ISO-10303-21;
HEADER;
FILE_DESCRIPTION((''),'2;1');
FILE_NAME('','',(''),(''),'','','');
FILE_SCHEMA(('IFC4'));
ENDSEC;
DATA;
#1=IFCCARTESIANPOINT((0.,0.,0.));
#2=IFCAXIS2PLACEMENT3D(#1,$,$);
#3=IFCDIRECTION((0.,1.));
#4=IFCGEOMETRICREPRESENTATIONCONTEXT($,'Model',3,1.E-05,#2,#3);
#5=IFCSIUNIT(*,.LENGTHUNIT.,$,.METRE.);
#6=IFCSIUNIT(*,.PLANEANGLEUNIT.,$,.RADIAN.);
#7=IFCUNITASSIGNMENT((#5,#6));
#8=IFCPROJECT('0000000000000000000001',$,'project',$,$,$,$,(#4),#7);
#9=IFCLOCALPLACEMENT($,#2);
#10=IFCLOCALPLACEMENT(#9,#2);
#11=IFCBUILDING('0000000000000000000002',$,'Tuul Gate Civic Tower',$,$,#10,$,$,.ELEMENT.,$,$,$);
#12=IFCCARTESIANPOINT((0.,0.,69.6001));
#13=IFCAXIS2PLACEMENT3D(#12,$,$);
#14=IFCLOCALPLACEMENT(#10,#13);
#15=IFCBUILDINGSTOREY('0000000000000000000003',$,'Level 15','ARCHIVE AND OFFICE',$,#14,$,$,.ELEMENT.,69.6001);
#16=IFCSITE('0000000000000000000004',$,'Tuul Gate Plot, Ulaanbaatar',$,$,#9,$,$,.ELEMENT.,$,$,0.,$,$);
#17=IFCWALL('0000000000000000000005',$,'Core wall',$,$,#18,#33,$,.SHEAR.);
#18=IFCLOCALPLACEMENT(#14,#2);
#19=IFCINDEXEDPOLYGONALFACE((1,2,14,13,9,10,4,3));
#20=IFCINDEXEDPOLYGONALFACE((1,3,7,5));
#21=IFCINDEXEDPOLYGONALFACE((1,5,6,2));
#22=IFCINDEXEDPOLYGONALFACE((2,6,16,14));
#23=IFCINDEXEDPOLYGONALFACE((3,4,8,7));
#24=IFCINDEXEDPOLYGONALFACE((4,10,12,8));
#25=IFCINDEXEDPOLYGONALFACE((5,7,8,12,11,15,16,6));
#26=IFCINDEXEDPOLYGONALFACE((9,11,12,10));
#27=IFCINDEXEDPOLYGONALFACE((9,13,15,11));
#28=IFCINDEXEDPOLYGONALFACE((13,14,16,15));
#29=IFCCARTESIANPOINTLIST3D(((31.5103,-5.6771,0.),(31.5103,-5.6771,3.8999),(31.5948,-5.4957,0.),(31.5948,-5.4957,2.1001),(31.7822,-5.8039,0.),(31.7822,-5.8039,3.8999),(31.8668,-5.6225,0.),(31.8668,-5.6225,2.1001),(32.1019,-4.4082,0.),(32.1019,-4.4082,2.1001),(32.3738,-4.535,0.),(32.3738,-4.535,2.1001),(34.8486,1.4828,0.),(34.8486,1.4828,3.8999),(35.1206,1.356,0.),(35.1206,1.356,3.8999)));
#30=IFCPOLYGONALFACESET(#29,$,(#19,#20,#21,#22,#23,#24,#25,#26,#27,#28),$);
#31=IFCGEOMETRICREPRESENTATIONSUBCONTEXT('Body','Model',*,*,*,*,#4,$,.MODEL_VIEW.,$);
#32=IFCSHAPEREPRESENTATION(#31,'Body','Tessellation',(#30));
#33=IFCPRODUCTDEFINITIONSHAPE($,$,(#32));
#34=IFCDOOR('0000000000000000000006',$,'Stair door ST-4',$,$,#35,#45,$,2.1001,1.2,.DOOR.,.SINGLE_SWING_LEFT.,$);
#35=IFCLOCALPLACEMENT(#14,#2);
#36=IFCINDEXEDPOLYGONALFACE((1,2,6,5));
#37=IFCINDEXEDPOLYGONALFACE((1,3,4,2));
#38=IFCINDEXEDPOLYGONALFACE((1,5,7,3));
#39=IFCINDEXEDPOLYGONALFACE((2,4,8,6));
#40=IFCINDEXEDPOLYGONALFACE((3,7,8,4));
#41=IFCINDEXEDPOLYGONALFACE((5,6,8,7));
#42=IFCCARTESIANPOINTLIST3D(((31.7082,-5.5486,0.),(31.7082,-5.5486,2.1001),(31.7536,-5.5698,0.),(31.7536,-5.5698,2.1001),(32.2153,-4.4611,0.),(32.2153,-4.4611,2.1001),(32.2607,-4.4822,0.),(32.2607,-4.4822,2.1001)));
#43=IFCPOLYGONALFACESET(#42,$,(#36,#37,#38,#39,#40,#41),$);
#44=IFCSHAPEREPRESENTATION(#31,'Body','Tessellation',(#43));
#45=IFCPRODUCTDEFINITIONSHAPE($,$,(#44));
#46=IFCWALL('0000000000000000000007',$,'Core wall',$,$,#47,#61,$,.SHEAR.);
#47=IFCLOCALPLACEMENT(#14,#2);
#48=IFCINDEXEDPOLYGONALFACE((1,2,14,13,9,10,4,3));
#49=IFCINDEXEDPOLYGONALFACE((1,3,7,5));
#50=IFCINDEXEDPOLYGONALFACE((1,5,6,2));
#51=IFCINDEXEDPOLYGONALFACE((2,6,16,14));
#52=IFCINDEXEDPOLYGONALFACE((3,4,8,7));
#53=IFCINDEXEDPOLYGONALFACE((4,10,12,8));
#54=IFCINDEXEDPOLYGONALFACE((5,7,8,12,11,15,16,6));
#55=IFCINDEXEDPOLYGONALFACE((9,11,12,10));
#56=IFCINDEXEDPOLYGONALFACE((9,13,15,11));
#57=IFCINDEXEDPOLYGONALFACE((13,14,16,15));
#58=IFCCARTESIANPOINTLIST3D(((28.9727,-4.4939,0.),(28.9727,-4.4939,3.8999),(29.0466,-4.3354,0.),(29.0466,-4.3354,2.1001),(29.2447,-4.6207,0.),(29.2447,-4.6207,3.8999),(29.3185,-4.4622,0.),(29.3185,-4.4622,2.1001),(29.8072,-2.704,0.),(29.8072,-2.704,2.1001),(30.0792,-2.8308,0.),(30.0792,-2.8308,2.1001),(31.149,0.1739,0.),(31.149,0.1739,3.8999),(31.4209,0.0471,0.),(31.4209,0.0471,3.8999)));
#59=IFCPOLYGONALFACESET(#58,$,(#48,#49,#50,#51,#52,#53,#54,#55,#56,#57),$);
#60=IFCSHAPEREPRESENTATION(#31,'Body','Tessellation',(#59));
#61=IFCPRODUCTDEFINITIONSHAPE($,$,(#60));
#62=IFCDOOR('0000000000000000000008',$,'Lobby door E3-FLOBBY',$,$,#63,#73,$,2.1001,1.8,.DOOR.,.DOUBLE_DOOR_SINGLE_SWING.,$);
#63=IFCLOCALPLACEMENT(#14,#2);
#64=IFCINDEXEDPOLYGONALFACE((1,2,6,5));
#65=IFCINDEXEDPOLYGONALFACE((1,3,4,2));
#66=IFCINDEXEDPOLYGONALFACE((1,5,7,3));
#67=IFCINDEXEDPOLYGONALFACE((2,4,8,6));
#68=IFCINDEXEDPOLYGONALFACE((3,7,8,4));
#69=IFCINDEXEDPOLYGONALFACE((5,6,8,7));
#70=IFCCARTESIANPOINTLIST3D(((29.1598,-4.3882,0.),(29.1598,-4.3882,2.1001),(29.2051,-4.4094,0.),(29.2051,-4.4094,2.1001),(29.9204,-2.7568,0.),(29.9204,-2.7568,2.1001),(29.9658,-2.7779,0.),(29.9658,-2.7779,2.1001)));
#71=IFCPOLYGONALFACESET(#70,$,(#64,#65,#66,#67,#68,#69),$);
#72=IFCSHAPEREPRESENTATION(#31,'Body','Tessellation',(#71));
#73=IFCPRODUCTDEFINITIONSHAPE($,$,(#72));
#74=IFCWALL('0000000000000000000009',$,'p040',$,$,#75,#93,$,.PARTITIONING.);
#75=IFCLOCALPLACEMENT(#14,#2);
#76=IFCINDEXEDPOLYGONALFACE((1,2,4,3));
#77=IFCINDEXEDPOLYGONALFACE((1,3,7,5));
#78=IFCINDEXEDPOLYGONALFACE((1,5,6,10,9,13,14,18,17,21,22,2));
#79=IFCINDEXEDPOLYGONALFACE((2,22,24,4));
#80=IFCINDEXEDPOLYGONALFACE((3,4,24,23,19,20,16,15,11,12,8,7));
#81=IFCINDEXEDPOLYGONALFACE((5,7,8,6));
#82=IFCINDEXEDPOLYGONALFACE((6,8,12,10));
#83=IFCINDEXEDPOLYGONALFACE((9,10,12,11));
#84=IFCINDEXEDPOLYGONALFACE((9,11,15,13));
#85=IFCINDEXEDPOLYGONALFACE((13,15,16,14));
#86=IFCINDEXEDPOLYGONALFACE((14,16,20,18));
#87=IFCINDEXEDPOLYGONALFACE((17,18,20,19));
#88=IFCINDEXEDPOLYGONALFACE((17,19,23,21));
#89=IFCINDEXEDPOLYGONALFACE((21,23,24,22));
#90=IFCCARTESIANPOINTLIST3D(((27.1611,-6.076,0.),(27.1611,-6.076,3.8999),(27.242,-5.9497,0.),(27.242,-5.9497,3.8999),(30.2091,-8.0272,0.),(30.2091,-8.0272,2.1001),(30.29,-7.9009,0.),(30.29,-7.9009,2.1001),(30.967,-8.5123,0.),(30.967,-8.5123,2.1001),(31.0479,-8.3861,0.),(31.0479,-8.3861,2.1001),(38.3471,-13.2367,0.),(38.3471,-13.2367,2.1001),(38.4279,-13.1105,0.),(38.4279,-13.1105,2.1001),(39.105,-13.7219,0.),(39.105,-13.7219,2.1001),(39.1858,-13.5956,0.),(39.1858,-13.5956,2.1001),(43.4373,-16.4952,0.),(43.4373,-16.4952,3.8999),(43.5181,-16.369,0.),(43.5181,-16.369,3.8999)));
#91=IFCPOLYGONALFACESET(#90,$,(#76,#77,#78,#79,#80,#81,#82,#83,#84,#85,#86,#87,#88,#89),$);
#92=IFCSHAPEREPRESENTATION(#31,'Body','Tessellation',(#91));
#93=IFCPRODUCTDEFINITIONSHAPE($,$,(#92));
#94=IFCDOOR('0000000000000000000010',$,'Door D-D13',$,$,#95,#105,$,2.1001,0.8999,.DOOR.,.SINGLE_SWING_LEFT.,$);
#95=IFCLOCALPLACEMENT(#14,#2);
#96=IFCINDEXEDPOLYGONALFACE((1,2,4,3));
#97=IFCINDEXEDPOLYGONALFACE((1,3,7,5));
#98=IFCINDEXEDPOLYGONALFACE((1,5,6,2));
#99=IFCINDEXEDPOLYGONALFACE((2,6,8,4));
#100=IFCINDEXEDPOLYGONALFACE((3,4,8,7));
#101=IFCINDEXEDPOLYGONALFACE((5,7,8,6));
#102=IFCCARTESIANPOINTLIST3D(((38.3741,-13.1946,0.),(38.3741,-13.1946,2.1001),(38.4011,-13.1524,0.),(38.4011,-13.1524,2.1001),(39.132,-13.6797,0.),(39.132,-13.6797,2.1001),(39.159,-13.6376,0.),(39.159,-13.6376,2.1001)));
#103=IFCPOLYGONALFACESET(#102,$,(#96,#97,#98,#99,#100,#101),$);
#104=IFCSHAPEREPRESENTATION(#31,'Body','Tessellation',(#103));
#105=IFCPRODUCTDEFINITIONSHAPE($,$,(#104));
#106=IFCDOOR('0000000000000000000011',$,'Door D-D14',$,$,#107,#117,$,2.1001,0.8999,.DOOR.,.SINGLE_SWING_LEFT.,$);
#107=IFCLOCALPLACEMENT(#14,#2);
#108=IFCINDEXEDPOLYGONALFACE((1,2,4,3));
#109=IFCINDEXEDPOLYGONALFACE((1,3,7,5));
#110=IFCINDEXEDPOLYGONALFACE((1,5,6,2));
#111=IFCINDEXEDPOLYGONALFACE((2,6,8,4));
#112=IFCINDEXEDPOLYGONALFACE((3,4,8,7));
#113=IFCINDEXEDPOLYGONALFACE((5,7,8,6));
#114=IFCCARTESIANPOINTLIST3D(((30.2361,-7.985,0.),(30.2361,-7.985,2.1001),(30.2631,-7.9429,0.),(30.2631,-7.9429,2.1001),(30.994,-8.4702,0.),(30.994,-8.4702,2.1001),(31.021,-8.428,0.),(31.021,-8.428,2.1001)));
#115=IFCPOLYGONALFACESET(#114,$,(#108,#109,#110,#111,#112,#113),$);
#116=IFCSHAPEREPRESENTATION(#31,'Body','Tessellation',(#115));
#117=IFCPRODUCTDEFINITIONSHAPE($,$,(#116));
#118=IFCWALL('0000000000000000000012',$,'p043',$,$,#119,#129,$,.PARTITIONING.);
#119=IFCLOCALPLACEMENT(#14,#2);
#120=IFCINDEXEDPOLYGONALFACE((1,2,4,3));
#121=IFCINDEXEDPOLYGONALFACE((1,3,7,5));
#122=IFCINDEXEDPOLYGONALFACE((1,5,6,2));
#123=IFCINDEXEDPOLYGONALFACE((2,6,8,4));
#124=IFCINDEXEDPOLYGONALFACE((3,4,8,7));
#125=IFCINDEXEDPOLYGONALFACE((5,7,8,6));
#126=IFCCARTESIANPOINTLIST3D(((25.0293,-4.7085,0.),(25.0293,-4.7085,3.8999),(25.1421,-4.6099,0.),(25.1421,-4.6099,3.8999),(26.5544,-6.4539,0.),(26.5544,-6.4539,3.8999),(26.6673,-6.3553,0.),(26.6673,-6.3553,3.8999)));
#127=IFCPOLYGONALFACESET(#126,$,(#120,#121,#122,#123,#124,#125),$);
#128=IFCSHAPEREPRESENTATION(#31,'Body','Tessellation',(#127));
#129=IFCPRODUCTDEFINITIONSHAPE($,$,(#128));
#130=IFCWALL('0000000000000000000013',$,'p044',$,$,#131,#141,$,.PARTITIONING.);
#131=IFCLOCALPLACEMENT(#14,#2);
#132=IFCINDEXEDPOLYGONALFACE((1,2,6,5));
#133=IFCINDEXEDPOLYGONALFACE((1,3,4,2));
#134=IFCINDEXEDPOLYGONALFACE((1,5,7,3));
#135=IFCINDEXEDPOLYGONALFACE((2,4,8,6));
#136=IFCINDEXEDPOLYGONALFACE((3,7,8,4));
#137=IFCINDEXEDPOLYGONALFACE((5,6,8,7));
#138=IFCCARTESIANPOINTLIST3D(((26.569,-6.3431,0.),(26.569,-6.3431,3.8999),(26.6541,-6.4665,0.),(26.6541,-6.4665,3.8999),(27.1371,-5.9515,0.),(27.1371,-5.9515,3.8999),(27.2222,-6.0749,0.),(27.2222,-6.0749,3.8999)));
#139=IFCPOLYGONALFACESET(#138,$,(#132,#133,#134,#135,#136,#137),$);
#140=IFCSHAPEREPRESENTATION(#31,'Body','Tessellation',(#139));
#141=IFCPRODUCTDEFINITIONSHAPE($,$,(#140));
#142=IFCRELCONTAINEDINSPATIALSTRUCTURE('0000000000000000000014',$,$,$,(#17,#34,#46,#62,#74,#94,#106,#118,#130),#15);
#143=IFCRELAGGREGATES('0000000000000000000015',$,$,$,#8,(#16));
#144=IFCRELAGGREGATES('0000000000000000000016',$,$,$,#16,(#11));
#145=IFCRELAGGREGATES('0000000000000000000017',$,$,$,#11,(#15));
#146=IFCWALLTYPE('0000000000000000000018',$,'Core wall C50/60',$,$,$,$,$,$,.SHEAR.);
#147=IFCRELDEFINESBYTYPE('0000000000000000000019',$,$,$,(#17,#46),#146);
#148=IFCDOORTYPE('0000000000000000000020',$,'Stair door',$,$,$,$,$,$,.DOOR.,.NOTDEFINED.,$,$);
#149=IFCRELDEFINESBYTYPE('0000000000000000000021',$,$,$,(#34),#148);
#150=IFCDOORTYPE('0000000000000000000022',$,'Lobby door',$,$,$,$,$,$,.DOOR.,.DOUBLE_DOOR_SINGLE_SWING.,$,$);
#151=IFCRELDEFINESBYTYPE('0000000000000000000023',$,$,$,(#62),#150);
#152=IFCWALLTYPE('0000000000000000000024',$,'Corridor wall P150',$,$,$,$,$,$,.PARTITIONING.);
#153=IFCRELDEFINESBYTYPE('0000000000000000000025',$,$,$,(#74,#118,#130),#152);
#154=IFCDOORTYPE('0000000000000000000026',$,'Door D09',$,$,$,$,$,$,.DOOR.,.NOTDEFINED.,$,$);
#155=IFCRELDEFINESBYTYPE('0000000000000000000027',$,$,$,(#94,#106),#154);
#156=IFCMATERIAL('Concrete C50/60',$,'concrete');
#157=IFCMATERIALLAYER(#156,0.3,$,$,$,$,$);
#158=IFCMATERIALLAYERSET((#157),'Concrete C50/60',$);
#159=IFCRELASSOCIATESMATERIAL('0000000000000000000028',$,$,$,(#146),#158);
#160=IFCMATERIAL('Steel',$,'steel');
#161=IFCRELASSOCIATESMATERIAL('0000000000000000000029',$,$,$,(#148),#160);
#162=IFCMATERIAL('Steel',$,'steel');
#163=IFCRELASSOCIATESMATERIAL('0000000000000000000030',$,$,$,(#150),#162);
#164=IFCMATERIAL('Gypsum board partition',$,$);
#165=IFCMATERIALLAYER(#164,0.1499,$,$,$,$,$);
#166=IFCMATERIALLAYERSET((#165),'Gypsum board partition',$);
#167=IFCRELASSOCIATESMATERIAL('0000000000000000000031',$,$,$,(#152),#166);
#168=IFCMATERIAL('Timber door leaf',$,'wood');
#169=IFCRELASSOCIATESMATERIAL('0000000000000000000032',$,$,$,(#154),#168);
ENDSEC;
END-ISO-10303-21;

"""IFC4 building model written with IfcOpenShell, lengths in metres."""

from ifc_helpers import new_model, si_unit, direction, frame, frame_2d, origin, place, context, subcontext, project, spatial, rectangle, extrude, material, layer, layer_set, type_object, element, fill, save


model = new_model("IFC4")

# Units and contexts
model_context = context("Model", 3, precision=1e-05, world=origin(), true_north=direction((0.0, 1.0)))
body_context = subcontext(model_context, "Body", "Model", "MODEL_VIEW")
ifc_project = project(units=[si_unit("LENGTHUNIT", "METRE"), si_unit("PLANEANGLEUNIT", "RADIAN")], contexts=[model_context])

# Site, building, storey
site_placement = place(None, origin())
site = spatial("IfcSite", under=ifc_project, at=site_placement, Name="Tuul Gate Plot, Ulaanbaatar", CompositionType="ELEMENT", RefElevation=0.0)
building_placement = place(site_placement, origin())
building = spatial("IfcBuilding", under=site, at=building_placement, Name="Tuul Gate Civic Tower", CompositionType="ELEMENT")
storey_placement = place(building_placement, frame((0.0, 0.0, 69.6001)))
storey = spatial("IfcBuildingStorey", under=building, at=storey_placement, Name="Level 15", Description="ARCHIVE AND OFFICE", CompositionType="ELEMENT", Elevation=69.6001)

# Walls, openings, doors
ifc_material_1 = material(Name="Concrete C50/60", Category="concrete")
ifc_layer_1 = layer(ifc_material_1, 0.3)
ifc_layer_set_1 = layer_set([ifc_layer_1], Name="Concrete C50/60")
wall_type_1 = type_object("IfcWallType", Name="Core wall C50/60", PredefinedType="SHEAR", material=ifc_layer_set_1)
wall_1_placement = place(storey_placement, frame((31.6462, -5.7405, 0.0), z_axis=(0.0, 0.0, 1.0), x_axis=(0.422583, 0.906324, 0.0)))
wall_1 = element("IfcWall", 1, at=wall_1_placement, inside=storey, type_object=wall_type_1, Name="Core wall", PredefinedType="SHEAR", context=body_context, shape_type="SweptSolid", body=[
    extrude(rectangle(XDim=7.8999, YDim=0.3, at=frame_2d((3.95, 0.0))), origin(), (0.0, 0.0, 1.0), 3.8999),
])
opening_1_placement = place(wall_1_placement, frame((0.2, 0.0, 0.0)))
opening_1 = element("IfcOpeningElement", 2, at=opening_1_placement, cuts=wall_1, PredefinedType="OPENING", context=body_context, shape_type="SweptSolid", body=[
    extrude(rectangle(XDim=1.2, YDim=2.1001, at=frame_2d((0.6001, 1.05))), frame((0.0, 0.1602, 0.0), z_axis=(0.0, -1.0, 0.0), x_axis=(1.0, 0.0, 0.0)), (0.0, 0.0, 1.0), 0.3201),
])
ifc_material_2 = material(Name="Steel", Category="steel")
door_type_1 = type_object("IfcDoorType", Name="Stair door", OperationType="NOTDEFINED", PredefinedType="DOOR", material=ifc_material_2)
door_1_placement = place(opening_1_placement, origin())
door_1 = element("IfcDoor", 3, at=door_1_placement, inside=storey, type_object=door_type_1, Name="Stair door ST-4", OperationType="SINGLE_SWING_LEFT", OverallHeight=2.1001, OverallWidth=1.2, PredefinedType="DOOR", context=body_context, shape_type="SweptSolid", body=[
    extrude(rectangle(XDim=1.2, YDim=2.1001, at=frame_2d((0.6001, 1.05))), frame((0.0, 0.0249, 0.0), z_axis=(0.0, -1.0, 0.0), x_axis=(1.0, 0.0, 0.0)), (0.0, 0.0, 1.0), 0.05),
])
fill(opening_1, door_1)
wall_2_placement = place(storey_placement, frame((29.1086, -4.5574, 0.0), z_axis=(0.0, 0.0, 1.0), x_axis=(0.422566, 0.906332, 0.0)))
wall_2 = element("IfcWall", 4, at=wall_2_placement, inside=storey, type_object=wall_type_1, Name="Core wall", PredefinedType="SHEAR", context=body_context, shape_type="SweptSolid", body=[
    extrude(rectangle(XDim=5.1501, YDim=0.3, at=frame_2d((2.5752, 0.0))), origin(), (0.0, 0.0, 1.0), 3.8999),
])
opening_2_placement = place(wall_2_placement, frame((0.175, 0.0, 0.0)))
opening_2 = element("IfcOpeningElement", 5, at=opening_2_placement, cuts=wall_2, PredefinedType="OPENING", context=body_context, shape_type="SweptSolid", body=[
    extrude(rectangle(XDim=1.8, YDim=2.1001, at=frame_2d((0.8999, 1.05))), frame((0.0, 0.1602, 0.0), z_axis=(0.0, -1.0, 0.0), x_axis=(1.0, 0.0, 0.0)), (0.0, 0.0, 1.0), 0.3201),
])
ifc_material_3 = material(Name="Steel", Category="steel")
door_type_2 = type_object("IfcDoorType", Name="Lobby door", OperationType="DOUBLE_DOOR_SINGLE_SWING", PredefinedType="DOOR", material=ifc_material_3)
door_2_placement = place(opening_2_placement, frame((1.8, 0.0, 0.0), z_axis=(0.0, 0.0, 1.0), x_axis=(-1.0, 0.0, 0.0)))
door_2 = element("IfcDoor", 6, at=door_2_placement, inside=storey, type_object=door_type_2, Name="Lobby door E3-FLOBBY", OperationType="DOUBLE_DOOR_SINGLE_SWING", OverallHeight=2.1001, OverallWidth=1.8, PredefinedType="DOOR", context=body_context, shape_type="SweptSolid", body=[
    extrude(rectangle(XDim=1.8, YDim=2.1001, at=frame_2d((0.9001, 1.05))), frame((0.0, 0.0249, 0.0), z_axis=(0.0, -1.0, 0.0), x_axis=(1.0, 0.0, 0.0)), (0.0, 0.0, 1.0), 0.05),
])
fill(opening_2, door_2)

# Wall, openings, doors
ifc_material_4 = material(Name="Gypsum board partition")
ifc_layer_2 = layer(ifc_material_4, 0.1499)
ifc_layer_set_2 = layer_set([ifc_layer_2], Name="Gypsum board partition")
wall_type_2 = type_object("IfcWallType", Name="Corridor wall P150", PredefinedType="PARTITIONING", material=ifc_layer_set_2)
wall_3_placement = place(storey_placement, frame((27.2017, -6.0129, 0.0), z_axis=(0.0, 0.0, 1.0), x_axis=(0.842213, -0.539144, 0.0)))
wall_3 = element("IfcWall", 7, at=wall_3_placement, inside=storey, type_object=wall_type_2, Name="p040", PredefinedType="PARTITIONING", context=body_context, shape_type="SweptSolid", body=[
    extrude(rectangle(XDim=19.3254, YDim=0.1499, at=frame_2d((9.6626, 0.0))), origin(), (0.0, 0.0, 1.0), 3.8999),
])
opening_3_placement = place(wall_3_placement, frame((13.2815, 0.0, 0.0)))
opening_3 = element("IfcOpeningElement", 8, at=opening_3_placement, cuts=wall_3, PredefinedType="OPENING", context=body_context, shape_type="SweptSolid", body=[
    extrude(rectangle(XDim=0.8999, YDim=2.1001, at=frame_2d((0.45, 1.05))), frame((0.0, 0.085, 0.0), z_axis=(0.0, -1.0, 0.0), x_axis=(1.0, 0.0, 0.0)), (0.0, 0.0, 1.0), 0.1699),
])
opening_4_placement = place(wall_3_placement, frame((3.6189, 0.0, 0.0)))
opening_4 = element("IfcOpeningElement", 9, at=opening_4_placement, cuts=wall_3, PredefinedType="OPENING", context=body_context, shape_type="SweptSolid", body=[
    extrude(rectangle(XDim=0.8999, YDim=2.1001, at=frame_2d((0.45, 1.05))), frame((0.0, 0.085, 0.0), z_axis=(0.0, -1.0, 0.0), x_axis=(1.0, 0.0, 0.0)), (0.0, 0.0, 1.0), 0.1699),
])
ifc_material_5 = material(Name="Timber door leaf", Category="wood")
door_type_3 = type_object("IfcDoorType", Name="Door D09", OperationType="NOTDEFINED", PredefinedType="DOOR", material=ifc_material_5)
door_3_placement = place(opening_3_placement, frame((0.8999, 0.0, 0.0), z_axis=(0.0, 0.0, 1.0), x_axis=(-1.0, 0.0, 0.0)))
door_3 = element("IfcDoor", 10, at=door_3_placement, inside=storey, type_object=door_type_3, Name="Door D-D13", OperationType="SINGLE_SWING_LEFT", OverallHeight=2.1001, OverallWidth=0.8999, PredefinedType="DOOR", context=body_context, shape_type="SweptSolid", body=[
    extrude(rectangle(XDim=0.8999, YDim=2.1001, at=frame_2d((0.45, 1.05))), frame((0.0, 0.0249, 0.0), z_axis=(0.0, -1.0, 0.0), x_axis=(1.0, 0.0, 0.0)), (0.0, 0.0, 1.0), 0.05),
])
fill(opening_3, door_3)
door_4_placement = place(opening_4_placement, frame((0.8999, 0.0, 0.0), z_axis=(0.0, 0.0, 1.0), x_axis=(-1.0, 0.0, 0.0)))
door_4 = element("IfcDoor", 11, at=door_4_placement, inside=storey, type_object=door_type_3, Name="Door D-D14", OperationType="SINGLE_SWING_LEFT", OverallHeight=2.1001, OverallWidth=0.8999, PredefinedType="DOOR", context=body_context, shape_type="SweptSolid", body=[
    extrude(rectangle(XDim=0.8999, YDim=2.1001, at=frame_2d((0.45, 1.05))), frame((0.0, 0.0249, 0.0), z_axis=(0.0, -1.0, 0.0), x_axis=(1.0, 0.0, 0.0)), (0.0, 0.0, 1.0), 0.05),
])
fill(opening_4, door_4)

# Walls
wall_4_placement = place(storey_placement, frame((25.0857, -4.6592, 0.0), z_axis=(0.0, 0.0, 1.0), x_axis=(0.658005, -0.753014, 0.0)))
element("IfcWall", 12, at=wall_4_placement, inside=storey, type_object=wall_type_2, Name="p043", PredefinedType="PARTITIONING", context=body_context, shape_type="SweptSolid", body=[
    extrude(rectangle(XDim=2.3179, YDim=0.1499, at=frame_2d((1.1589, 0.0))), origin(), (0.0, 0.0, 1.0), 3.8999),
])
wall_5_placement = place(storey_placement, frame((26.6116, -6.4048, 0.0), z_axis=(0.0, 0.0, 1.0), x_axis=(0.82335, 0.567535, 0.0)))
element("IfcWall", 13, at=wall_5_placement, inside=storey, type_object=wall_type_2, Name="p044", PredefinedType="PARTITIONING", context=body_context, shape_type="SweptSolid", body=[
    extrude(rectangle(XDim=0.6899, YDim=0.1499, at=frame_2d((0.345, 0.0))), origin(), (0.0, 0.0, 1.0), 3.8999),
])

save(model, "model.ifc")
